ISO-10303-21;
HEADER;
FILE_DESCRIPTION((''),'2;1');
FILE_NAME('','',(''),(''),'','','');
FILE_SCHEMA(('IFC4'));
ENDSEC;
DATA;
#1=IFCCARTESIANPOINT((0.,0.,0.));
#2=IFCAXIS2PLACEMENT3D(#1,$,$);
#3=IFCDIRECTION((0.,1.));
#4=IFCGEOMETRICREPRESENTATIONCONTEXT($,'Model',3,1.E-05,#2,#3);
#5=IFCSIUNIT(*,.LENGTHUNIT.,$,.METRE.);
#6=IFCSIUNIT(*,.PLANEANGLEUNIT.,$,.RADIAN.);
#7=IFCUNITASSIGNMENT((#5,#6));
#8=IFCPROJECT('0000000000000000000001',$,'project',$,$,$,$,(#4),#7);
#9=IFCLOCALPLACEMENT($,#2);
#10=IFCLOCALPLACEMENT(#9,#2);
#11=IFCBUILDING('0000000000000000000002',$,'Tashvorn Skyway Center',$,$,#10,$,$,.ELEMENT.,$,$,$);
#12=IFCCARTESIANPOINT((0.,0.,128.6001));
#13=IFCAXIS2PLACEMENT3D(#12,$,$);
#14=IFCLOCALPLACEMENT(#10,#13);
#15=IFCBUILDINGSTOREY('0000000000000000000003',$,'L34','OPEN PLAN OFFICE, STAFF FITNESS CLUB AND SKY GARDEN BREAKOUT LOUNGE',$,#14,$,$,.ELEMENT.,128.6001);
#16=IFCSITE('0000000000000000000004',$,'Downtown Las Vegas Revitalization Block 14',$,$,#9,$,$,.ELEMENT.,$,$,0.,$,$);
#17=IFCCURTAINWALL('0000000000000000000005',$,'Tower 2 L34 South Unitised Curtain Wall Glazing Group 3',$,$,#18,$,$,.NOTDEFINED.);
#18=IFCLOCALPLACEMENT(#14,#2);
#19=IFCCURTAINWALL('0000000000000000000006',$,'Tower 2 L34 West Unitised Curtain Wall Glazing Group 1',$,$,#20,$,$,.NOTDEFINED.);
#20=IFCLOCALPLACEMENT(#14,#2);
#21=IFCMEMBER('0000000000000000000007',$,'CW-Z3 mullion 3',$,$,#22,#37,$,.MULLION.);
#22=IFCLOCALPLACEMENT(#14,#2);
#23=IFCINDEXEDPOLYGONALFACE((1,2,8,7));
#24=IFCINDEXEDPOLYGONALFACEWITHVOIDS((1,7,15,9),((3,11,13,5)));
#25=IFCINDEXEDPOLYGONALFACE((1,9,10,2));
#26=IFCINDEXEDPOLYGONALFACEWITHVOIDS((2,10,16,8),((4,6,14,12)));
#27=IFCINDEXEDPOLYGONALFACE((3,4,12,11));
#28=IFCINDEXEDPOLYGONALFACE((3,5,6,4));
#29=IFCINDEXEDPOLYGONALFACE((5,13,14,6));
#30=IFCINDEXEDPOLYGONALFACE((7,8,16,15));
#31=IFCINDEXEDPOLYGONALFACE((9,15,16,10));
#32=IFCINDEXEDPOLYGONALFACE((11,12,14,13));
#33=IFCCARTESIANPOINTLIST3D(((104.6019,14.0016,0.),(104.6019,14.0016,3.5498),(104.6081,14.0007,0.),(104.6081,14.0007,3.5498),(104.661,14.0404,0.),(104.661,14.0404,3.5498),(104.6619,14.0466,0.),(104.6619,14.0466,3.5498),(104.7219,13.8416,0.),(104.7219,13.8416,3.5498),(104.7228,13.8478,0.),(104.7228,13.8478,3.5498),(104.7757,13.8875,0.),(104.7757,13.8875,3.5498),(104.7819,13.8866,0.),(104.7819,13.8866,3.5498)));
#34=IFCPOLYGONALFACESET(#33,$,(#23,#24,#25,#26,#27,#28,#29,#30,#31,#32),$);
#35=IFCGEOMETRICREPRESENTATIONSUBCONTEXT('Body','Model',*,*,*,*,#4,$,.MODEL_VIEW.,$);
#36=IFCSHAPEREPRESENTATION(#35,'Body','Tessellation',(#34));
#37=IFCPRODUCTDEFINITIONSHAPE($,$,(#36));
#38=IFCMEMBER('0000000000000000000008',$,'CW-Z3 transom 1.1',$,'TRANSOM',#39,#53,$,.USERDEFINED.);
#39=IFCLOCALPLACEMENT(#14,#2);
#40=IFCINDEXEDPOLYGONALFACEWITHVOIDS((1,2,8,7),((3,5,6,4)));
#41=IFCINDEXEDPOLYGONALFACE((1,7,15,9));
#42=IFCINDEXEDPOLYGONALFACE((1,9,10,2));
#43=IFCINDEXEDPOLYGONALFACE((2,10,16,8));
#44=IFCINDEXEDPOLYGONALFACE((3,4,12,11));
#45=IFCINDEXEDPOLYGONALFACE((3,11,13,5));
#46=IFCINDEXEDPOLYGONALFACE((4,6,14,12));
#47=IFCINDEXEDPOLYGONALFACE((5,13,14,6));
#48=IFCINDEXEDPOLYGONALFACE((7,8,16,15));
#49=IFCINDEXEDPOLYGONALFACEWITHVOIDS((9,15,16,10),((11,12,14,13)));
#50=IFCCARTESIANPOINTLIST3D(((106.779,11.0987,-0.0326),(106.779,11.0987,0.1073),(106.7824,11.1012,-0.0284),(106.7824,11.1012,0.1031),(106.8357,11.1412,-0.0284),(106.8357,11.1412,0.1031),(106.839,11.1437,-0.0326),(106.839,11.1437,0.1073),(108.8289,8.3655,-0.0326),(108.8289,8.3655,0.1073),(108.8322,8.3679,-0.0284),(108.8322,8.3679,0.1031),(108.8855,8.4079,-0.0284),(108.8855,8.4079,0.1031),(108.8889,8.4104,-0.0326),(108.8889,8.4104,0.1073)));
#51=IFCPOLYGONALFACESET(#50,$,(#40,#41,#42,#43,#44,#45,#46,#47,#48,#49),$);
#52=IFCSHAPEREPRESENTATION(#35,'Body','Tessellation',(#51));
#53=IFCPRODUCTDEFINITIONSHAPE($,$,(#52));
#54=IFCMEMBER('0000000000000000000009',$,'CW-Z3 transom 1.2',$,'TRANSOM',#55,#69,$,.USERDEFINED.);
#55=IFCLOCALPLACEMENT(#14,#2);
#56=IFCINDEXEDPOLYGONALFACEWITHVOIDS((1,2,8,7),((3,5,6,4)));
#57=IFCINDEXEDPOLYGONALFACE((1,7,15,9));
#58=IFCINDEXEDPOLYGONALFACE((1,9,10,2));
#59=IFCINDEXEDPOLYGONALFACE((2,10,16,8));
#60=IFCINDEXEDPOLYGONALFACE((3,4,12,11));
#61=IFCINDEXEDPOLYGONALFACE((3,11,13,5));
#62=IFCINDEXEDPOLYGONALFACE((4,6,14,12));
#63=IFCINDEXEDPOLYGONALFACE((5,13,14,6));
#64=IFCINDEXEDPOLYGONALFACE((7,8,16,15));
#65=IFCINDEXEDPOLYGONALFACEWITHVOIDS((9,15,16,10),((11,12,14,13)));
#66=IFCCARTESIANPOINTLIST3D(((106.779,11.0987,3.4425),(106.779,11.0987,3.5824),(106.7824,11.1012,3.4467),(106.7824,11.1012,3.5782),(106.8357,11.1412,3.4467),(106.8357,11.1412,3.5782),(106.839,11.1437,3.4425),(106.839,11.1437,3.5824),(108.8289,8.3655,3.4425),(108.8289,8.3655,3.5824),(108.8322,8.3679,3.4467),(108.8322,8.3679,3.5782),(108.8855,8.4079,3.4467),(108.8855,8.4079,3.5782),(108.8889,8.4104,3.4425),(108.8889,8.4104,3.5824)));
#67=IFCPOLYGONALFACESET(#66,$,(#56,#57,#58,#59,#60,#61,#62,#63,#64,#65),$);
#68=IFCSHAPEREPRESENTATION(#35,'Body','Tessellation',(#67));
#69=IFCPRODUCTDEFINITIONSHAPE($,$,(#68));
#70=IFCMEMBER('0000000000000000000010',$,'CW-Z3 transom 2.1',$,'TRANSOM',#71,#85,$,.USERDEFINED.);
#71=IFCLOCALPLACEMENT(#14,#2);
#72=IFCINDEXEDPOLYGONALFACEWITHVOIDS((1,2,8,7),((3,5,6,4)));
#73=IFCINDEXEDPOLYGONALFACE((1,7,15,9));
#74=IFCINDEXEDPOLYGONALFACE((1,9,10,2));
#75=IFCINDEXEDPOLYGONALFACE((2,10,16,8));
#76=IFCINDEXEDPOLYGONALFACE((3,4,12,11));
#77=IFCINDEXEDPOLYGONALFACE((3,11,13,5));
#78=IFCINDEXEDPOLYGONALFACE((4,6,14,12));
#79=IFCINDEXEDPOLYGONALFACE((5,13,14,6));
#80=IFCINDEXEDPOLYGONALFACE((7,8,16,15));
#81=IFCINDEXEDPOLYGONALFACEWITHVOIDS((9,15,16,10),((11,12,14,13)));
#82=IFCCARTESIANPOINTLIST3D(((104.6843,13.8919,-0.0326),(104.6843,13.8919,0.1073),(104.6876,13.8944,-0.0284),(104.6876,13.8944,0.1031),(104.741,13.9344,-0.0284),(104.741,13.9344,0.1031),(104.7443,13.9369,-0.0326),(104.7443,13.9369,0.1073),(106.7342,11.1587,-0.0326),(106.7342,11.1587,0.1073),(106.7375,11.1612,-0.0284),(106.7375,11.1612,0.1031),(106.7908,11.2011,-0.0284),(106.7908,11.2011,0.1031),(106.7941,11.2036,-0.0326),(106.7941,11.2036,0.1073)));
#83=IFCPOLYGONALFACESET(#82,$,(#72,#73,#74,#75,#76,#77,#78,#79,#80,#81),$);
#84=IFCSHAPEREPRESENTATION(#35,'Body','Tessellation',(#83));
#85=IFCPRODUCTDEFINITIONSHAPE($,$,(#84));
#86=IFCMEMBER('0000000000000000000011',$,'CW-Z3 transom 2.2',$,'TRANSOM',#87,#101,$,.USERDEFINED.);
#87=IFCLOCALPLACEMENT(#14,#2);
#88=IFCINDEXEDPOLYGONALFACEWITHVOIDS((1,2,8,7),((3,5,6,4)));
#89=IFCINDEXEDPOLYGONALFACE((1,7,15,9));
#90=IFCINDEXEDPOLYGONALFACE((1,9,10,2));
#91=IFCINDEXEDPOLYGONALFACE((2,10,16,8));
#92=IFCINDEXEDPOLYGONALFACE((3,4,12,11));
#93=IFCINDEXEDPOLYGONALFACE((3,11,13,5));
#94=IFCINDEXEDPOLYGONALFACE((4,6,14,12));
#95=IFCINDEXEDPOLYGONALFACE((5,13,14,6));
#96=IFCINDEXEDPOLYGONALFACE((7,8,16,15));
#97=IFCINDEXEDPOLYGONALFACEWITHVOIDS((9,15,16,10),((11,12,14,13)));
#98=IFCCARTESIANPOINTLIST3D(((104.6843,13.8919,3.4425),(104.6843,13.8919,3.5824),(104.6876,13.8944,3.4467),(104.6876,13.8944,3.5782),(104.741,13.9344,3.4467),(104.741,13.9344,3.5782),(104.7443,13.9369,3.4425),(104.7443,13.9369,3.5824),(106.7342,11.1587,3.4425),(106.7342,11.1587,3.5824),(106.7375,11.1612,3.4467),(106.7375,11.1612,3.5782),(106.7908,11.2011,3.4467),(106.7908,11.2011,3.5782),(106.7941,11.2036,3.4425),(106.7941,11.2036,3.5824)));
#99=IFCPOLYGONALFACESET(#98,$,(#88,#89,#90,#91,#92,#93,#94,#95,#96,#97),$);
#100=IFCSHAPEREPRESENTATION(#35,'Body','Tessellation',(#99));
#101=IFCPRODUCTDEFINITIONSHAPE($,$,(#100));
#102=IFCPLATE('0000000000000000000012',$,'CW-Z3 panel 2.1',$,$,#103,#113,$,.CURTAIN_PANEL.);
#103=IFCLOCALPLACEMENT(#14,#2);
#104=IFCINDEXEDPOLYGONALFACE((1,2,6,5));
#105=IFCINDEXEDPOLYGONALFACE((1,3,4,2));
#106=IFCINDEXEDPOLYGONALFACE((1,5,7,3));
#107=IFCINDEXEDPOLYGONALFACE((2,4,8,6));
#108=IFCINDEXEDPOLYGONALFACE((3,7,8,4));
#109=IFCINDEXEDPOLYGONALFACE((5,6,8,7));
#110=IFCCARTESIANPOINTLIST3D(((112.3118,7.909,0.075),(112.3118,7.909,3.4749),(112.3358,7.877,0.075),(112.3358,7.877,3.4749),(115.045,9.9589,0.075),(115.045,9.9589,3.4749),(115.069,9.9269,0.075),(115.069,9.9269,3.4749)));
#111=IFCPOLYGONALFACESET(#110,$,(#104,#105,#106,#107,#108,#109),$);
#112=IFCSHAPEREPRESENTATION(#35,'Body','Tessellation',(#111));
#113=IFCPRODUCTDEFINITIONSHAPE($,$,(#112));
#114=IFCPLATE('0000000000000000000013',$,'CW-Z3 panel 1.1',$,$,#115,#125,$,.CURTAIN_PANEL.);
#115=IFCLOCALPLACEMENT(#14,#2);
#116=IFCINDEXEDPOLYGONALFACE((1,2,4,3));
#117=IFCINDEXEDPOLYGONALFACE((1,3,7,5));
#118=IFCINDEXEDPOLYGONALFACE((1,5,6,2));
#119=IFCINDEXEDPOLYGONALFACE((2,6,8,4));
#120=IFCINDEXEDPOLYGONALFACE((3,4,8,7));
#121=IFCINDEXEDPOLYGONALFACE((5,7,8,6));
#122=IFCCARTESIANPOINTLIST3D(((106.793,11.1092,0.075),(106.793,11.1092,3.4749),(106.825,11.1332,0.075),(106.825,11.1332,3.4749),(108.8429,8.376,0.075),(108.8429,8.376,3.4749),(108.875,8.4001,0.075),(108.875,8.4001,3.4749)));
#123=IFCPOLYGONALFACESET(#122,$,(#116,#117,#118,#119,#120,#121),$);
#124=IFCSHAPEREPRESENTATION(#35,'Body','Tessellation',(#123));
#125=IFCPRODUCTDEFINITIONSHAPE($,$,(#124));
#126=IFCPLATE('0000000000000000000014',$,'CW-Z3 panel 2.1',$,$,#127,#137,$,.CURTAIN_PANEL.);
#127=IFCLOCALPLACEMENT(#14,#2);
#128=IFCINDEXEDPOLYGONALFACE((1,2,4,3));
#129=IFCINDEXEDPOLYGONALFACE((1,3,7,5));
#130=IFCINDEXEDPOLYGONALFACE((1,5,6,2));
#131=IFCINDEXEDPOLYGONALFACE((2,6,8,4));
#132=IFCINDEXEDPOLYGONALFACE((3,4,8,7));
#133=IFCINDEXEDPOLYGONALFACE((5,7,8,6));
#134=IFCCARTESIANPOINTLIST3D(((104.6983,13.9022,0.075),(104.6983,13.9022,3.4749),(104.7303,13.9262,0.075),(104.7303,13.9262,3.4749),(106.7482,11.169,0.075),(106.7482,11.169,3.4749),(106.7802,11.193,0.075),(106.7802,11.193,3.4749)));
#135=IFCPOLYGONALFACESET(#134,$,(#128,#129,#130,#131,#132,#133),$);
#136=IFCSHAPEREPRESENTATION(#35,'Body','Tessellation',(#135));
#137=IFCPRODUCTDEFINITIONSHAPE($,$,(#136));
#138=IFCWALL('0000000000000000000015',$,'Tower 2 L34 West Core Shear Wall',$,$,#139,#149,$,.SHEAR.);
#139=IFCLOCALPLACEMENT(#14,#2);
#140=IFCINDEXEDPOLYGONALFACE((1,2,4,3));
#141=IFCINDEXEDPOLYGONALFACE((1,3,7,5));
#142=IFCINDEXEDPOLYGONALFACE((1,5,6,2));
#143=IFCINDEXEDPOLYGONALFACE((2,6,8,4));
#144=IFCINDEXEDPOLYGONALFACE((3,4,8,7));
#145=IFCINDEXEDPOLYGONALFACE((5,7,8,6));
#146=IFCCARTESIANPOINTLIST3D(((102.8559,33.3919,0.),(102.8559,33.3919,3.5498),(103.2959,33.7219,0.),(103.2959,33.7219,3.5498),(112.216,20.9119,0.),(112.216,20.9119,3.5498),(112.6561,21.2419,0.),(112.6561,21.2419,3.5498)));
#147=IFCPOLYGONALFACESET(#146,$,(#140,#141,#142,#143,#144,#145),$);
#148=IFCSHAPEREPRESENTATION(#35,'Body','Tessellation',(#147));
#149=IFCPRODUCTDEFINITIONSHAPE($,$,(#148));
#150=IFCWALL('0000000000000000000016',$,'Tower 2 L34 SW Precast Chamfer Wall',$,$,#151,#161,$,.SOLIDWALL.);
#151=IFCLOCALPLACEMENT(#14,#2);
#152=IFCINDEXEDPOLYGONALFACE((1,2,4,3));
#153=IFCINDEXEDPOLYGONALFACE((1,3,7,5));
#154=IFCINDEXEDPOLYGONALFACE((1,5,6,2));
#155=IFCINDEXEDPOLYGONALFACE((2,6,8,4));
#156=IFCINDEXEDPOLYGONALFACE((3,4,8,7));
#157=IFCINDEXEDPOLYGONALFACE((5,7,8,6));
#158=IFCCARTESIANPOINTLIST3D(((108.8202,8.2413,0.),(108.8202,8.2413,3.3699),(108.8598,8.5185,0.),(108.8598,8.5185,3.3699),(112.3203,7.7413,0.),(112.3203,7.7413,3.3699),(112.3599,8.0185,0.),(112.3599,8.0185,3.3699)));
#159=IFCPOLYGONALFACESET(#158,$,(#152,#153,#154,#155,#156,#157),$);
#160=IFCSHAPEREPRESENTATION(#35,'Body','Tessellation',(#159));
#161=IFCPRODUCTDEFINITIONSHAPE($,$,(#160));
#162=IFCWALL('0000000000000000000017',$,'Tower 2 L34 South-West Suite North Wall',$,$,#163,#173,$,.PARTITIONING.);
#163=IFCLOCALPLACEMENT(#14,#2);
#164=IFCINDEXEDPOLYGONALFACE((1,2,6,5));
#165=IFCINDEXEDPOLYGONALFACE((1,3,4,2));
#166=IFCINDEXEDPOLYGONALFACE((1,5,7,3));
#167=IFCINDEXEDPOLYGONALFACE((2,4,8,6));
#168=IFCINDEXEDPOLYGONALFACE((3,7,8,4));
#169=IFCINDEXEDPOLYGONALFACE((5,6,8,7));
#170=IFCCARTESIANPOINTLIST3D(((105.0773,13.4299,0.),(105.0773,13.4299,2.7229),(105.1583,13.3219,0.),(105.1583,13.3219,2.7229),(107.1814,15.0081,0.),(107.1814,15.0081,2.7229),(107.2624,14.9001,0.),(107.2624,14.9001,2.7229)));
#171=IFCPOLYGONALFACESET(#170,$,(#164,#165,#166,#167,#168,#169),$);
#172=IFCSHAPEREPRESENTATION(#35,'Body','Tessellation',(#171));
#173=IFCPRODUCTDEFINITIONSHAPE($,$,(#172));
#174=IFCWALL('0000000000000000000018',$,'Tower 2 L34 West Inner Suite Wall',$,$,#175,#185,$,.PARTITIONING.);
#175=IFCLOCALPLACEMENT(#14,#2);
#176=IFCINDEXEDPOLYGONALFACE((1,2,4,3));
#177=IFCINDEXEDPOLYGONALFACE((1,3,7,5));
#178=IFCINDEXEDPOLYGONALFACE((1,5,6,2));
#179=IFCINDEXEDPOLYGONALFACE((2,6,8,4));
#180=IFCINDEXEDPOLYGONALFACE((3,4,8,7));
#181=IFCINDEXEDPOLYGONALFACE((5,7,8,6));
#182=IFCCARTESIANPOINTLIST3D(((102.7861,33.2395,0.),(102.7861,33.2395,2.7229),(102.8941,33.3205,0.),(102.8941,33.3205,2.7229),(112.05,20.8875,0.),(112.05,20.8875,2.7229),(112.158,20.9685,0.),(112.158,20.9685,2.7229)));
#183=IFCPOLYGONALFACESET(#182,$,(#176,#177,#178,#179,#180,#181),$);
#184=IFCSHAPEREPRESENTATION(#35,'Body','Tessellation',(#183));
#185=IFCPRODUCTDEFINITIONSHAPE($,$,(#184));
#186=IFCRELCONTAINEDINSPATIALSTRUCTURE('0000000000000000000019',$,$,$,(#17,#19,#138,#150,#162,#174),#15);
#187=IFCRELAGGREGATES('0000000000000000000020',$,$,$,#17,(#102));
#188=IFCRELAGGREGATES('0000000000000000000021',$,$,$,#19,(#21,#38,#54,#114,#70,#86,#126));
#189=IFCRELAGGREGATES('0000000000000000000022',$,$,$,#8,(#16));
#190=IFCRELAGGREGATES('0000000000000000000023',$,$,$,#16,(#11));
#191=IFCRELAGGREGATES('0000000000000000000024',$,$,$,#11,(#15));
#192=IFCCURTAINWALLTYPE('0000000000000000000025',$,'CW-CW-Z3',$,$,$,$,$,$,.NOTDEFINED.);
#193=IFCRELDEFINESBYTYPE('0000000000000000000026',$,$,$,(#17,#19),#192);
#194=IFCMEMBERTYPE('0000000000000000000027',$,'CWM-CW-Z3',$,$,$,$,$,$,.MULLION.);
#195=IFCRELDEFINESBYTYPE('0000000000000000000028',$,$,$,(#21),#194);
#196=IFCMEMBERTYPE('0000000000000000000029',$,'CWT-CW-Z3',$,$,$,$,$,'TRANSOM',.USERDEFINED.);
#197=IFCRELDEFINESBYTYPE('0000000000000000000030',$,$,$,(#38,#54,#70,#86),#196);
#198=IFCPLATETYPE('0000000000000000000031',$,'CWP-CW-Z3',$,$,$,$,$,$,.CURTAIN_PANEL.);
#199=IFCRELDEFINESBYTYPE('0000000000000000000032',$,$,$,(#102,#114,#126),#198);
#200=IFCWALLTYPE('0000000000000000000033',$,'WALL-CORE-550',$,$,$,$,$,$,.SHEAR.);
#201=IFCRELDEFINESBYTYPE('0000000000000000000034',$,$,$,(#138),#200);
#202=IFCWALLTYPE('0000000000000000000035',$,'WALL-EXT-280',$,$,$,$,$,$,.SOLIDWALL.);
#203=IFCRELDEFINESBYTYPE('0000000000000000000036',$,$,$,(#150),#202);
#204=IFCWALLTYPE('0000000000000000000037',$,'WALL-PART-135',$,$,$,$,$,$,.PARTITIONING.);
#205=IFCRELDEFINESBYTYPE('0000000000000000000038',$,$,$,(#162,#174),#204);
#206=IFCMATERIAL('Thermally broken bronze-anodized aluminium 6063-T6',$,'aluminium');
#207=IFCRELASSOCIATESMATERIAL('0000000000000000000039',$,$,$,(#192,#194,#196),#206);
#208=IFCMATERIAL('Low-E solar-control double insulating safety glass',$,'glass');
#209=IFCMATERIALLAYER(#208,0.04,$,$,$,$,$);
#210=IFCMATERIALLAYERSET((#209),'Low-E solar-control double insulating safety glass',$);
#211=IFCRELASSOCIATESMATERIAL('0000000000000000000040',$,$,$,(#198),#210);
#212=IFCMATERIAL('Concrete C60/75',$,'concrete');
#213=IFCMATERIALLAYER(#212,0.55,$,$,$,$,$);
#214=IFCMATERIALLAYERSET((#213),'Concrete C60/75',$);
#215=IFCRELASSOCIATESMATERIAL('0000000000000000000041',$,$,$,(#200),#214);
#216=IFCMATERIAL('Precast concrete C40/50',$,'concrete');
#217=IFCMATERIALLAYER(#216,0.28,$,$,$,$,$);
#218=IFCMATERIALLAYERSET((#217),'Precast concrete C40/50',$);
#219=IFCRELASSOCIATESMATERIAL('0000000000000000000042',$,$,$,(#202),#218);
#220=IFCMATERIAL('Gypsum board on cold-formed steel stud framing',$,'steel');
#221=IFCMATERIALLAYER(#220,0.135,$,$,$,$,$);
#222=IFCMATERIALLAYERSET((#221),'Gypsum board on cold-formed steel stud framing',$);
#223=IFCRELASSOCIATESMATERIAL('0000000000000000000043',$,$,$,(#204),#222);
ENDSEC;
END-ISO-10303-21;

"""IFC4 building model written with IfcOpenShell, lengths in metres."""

from ifc_helpers import new_model, si_unit, direction, frame, frame_2d, origin, origin_2d, place, context, subcontext, project, spatial, rectangle, hollow_rectangle, extrude, material, layer, layer_set, material_profile, profile_set, type_object, element, aggregate, save


model = new_model("IFC4")

# Units and contexts
model_context = context("Model", 3, precision=1e-05, world=origin(), true_north=direction((0.0, 1.0)))
body_context = subcontext(model_context, "Body", "Model", "MODEL_VIEW")
ifc_project = project(units=[si_unit("LENGTHUNIT", "METRE"), si_unit("PLANEANGLEUNIT", "RADIAN")], contexts=[model_context])

# Site, building, storey
site_placement = place(None, origin())
site = spatial("IfcSite", under=ifc_project, at=site_placement, Name="Downtown Las Vegas Revitalization Block 14", CompositionType="ELEMENT", RefElevation=0.0)
building_placement = place(site_placement, origin())
building = spatial("IfcBuilding", under=site, at=building_placement, Name="Tashvorn Skyway Center", CompositionType="ELEMENT")
storey_placement = place(building_placement, frame((0.0, 0.0, 128.6001)))
storey = spatial("IfcBuildingStorey", under=building, at=storey_placement, Name="L34", Description="OPEN PLAN OFFICE, STAFF FITNESS CLUB AND SKY GARDEN BREAKOUT LOUNGE", CompositionType="ELEMENT", Elevation=128.6001)

# Shared definitions
ifc_material_1 = material(Name="Concrete C60/75", Category="concrete")

# Curtain wall
ifc_material_2 = material(Name="Thermally broken bronze-anodized aluminium 6063-T6", Category="aluminium")
curtain_wall_type = type_object("IfcCurtainWallType", Name="CW-CW-Z3", PredefinedType="NOTDEFINED", material=ifc_material_2)
curtain_wall_1_placement = place(storey_placement, origin())
curtain_wall_1 = element("IfcCurtainWall", 1, at=curtain_wall_1_placement, inside=storey, type_object=curtain_wall_type, Name="Tower 2 L34 South Unitised Curtain Wall Glazing Group 3", PredefinedType="NOTDEFINED")
ifc_material_profile_1 = material_profile(ifc_material_2, hollow_rectangle(XDim=0.075, YDim=0.2, WallThickness=0.0044, at=origin_2d()), Name="ALU-MULL-75x200")
ifc_profile_set_1 = profile_set([ifc_material_profile_1], Name="Thermally broken bronze-anodized aluminium 6063-T6")
member_type_1 = type_object("IfcMemberType", Name="CWM-CW-Z3", PredefinedType="MULLION", material=ifc_profile_set_1)

# Curtain wall, members
curtain_wall_2_placement = place(storey_placement, origin())
curtain_wall_2 = element("IfcCurtainWall", 2, at=curtain_wall_2_placement, inside=storey, type_object=curtain_wall_type, Name="Tower 2 L34 West Unitised Curtain Wall Glazing Group 1", PredefinedType="NOTDEFINED")
member_1_placement = place(storey_placement, frame((104.6919, 13.9441, 0.0), z_axis=(0.0, 0.0, 1.0), x_axis=(-0.799997, -0.600005, 0.0)))
member_1 = element("IfcMember", 3, at=member_1_placement, type_object=member_type_1, Name="CW-Z3 mullion 3", PredefinedType="MULLION", context=body_context, shape_type="SweptSolid", body=[
    extrude(hollow_rectangle(XDim=0.075, YDim=0.2, WallThickness=0.0044, at=origin_2d()), origin(), (0.0, 0.0, 1.0), 3.5498),
])
ifc_material_profile_2 = material_profile(ifc_material_2, hollow_rectangle(XDim=0.075, YDim=0.1399, WallThickness=0.0042, at=origin_2d()), Name="ALU-TRAN-75x140")
ifc_profile_set_2 = profile_set([ifc_material_profile_2], Name="Thermally broken bronze-anodized aluminium 6063-T6")
member_type_2 = type_object("IfcMemberType", Name="CWT-CW-Z3", ElementType="TRANSOM", PredefinedType="USERDEFINED", material=ifc_profile_set_2)
member_2_placement = place(storey_placement, frame((108.8589, 8.3879, 0.0374), z_axis=(-0.599989, 0.800009, 0.0), x_axis=(-0.800009, -0.599989, 0.0)))
member_2 = element("IfcMember", 4, at=member_2_placement, type_object=member_type_2, Name="CW-Z3 transom 1.1", ObjectType="TRANSOM", PredefinedType="USERDEFINED", context=body_context, shape_type="SweptSolid", body=[
    extrude(hollow_rectangle(XDim=0.075, YDim=0.1399, WallThickness=0.0042, at=origin_2d()), origin(), (0.0, 0.0, 1.0), 3.4165),
])
member_3_placement = place(storey_placement, frame((108.8589, 8.3879, 3.5125), z_axis=(-0.599989, 0.800009, 0.0), x_axis=(-0.800009, -0.599989, 0.0)))
member_3 = element("IfcMember", 5, at=member_3_placement, type_object=member_type_2, Name="CW-Z3 transom 1.2", ObjectType="TRANSOM", PredefinedType="USERDEFINED", context=body_context, shape_type="SweptSolid", body=[
    extrude(hollow_rectangle(XDim=0.075, YDim=0.1399, WallThickness=0.0042, at=origin_2d()), origin(), (0.0, 0.0, 1.0), 3.4165),
])
member_4_placement = place(storey_placement, frame((106.7642, 11.1812, 0.0374), z_axis=(-0.599989, 0.800009, 0.0), x_axis=(-0.800009, -0.599989, 0.0)))
member_4 = element("IfcMember", 6, at=member_4_placement, type_object=member_type_2, Name="CW-Z3 transom 2.1", ObjectType="TRANSOM", PredefinedType="USERDEFINED", context=body_context, shape_type="SweptSolid", body=[
    extrude(hollow_rectangle(XDim=0.075, YDim=0.1399, WallThickness=0.0042, at=origin_2d()), origin(), (0.0, 0.0, 1.0), 3.4165),
])
member_5_placement = place(storey_placement, frame((106.7642, 11.1812, 3.5125), z_axis=(-0.599989, 0.800009, 0.0), x_axis=(-0.800009, -0.599989, 0.0)))
member_5 = element("IfcMember", 7, at=member_5_placement, type_object=member_type_2, Name="CW-Z3 transom 2.2", ObjectType="TRANSOM", PredefinedType="USERDEFINED", context=body_context, shape_type="SweptSolid", body=[
    extrude(hollow_rectangle(XDim=0.075, YDim=0.1399, WallThickness=0.0042, at=origin_2d()), origin(), (0.0, 0.0, 1.0), 3.4165),
])

# Plates
ifc_material_3 = material(Name="Low-E solar-control double insulating safety glass", Category="glass")
ifc_layer_1 = layer(ifc_material_3, 0.04)
ifc_layer_set_1 = layer_set([ifc_layer_1], Name="Low-E solar-control double insulating safety glass")
plate_type = type_object("IfcPlateType", Name="CWP-CW-Z3", PredefinedType="CURTAIN_PANEL", material=ifc_layer_set_1)
plate_1_placement = place(storey_placement, frame((113.6904, 8.918, 0.075), z_axis=(0.0, 0.0, 1.0), x_axis=(-0.799997, -0.600005, 0.0)))
plate_1 = element("IfcPlate", 8, at=plate_1_placement, type_object=plate_type, Name="CW-Z3 panel 2.1", PredefinedType="CURTAIN_PANEL", context=body_context, shape_type="SweptSolid", body=[
    extrude(rectangle(XDim=3.4165, YDim=0.04, at=origin_2d()), origin(), (0.0, 0.0, 1.0), 3.3999),
])
aggregate(curtain_wall_1, [plate_1])
plate_2_placement = place(storey_placement, frame((107.834, 9.7546, 0.075), z_axis=(0.0, 0.0, 1.0), x_axis=(-0.600005, 0.799997, 0.0)))
plate_2 = element("IfcPlate", 9, at=plate_2_placement, type_object=plate_type, Name="CW-Z3 panel 1.1", PredefinedType="CURTAIN_PANEL", context=body_context, shape_type="SweptSolid", body=[
    extrude(rectangle(XDim=3.4165, YDim=0.04, at=origin_2d()), origin(), (0.0, 0.0, 1.0), 3.3999),
])
plate_3_placement = place(storey_placement, frame((105.7393, 12.5476, 0.075), z_axis=(0.0, 0.0, 1.0), x_axis=(-0.600005, 0.799997, 0.0)))
plate_3 = element("IfcPlate", 10, at=plate_3_placement, type_object=plate_type, Name="CW-Z3 panel 2.1", PredefinedType="CURTAIN_PANEL", context=body_context, shape_type="SweptSolid", body=[
    extrude(rectangle(XDim=3.4165, YDim=0.04, at=origin_2d()), origin(), (0.0, 0.0, 1.0), 3.3999),
])
aggregate(curtain_wall_2, [member_1, member_2, member_3, plate_2, member_4, member_5, plate_3])

# Walls
ifc_layer_2 = layer(ifc_material_1, 0.55)
ifc_layer_set_2 = layer_set([ifc_layer_2], Name="Concrete C60/75")
wall_type_1 = type_object("IfcWallType", Name="WALL-CORE-550", PredefinedType="SHEAR", material=ifc_layer_set_2)
wall_1_placement = place(storey_placement, frame((112.436, 21.0769, 0.0), z_axis=(0.0, 0.0, 1.0), x_axis=(-0.600005, 0.799996, 0.0)))
element("IfcWall", 11, at=wall_1_placement, inside=storey, type_object=wall_type_1, Name="Tower 2 L34 West Core Shear Wall", PredefinedType="SHEAR", context=body_context, shape_type="SweptSolid", body=[
    extrude(rectangle(XDim=15.6001, YDim=0.55, at=frame_2d((7.8, 0.0))), origin(), (0.0, 0.0, 1.0), 3.5498),
])
ifc_material_4 = material(Name="Precast concrete C40/50", Category="concrete")
ifc_layer_3 = layer(ifc_material_4, 0.28)
ifc_layer_set_3 = layer_set([ifc_layer_3], Name="Precast concrete C40/50")
wall_type_2 = type_object("IfcWallType", Name="WALL-EXT-280", PredefinedType="SOLIDWALL", material=ifc_layer_set_3)
wall_2_placement = place(storey_placement, frame((112.3401, 7.8799, 0.0), z_axis=(0.0, 0.0, 1.0), x_axis=(-0.989949, 0.141421, 0.0)))
element("IfcWall", 12, at=wall_2_placement, inside=storey, type_object=wall_type_2, Name="Tower 2 L34 SW Precast Chamfer Wall", PredefinedType="SOLIDWALL", context=body_context, shape_type="SweptSolid", body=[
    extrude(rectangle(XDim=3.5356, YDim=0.28, at=frame_2d((1.7678, 0.0))), origin(), (0.0, 0.0, 1.0), 3.3699),
])
ifc_material_5 = material(Name="Gypsum board on cold-formed steel stud framing", Category="steel")
ifc_layer_4 = layer(ifc_material_5, 0.135)
ifc_layer_set_4 = layer_set([ifc_layer_4], Name="Gypsum board on cold-formed steel stud framing")
wall_type_3 = type_object("IfcWallType", Name="WALL-PART-135", PredefinedType="PARTITIONING", material=ifc_layer_set_4)
wall_3_placement = place(storey_placement, frame((105.1179, 13.376, 0.0), z_axis=(0.0, 0.0, 1.0), x_axis=(0.799978, 0.60003, 0.0)))
element("IfcWall", 13, at=wall_3_placement, inside=storey, type_object=wall_type_3, Name="Tower 2 L34 South-West Suite North Wall", PredefinedType="PARTITIONING", context=body_context, shape_type="SweptSolid", body=[
    extrude(rectangle(XDim=2.6301, YDim=0.135, at=frame_2d((1.3149, 0.0))), origin(), (0.0, 0.0, 1.0), 2.7229),
])
wall_4_placement = place(storey_placement, frame((112.104, 20.928, 0.0), z_axis=(0.0, 0.0, 1.0), x_axis=(-0.599995, 0.800004, 0.0)))
element("IfcWall", 14, at=wall_4_placement, inside=storey, type_object=wall_type_3, Name="Tower 2 L34 West Inner Suite Wall", PredefinedType="PARTITIONING", context=body_context, shape_type="SweptSolid", body=[
    extrude(rectangle(XDim=15.4399, YDim=0.135, at=frame_2d((7.72, 0.0))), origin(), (0.0, 0.0, 1.0), 2.7229),
])

save(model, "model.ifc")
